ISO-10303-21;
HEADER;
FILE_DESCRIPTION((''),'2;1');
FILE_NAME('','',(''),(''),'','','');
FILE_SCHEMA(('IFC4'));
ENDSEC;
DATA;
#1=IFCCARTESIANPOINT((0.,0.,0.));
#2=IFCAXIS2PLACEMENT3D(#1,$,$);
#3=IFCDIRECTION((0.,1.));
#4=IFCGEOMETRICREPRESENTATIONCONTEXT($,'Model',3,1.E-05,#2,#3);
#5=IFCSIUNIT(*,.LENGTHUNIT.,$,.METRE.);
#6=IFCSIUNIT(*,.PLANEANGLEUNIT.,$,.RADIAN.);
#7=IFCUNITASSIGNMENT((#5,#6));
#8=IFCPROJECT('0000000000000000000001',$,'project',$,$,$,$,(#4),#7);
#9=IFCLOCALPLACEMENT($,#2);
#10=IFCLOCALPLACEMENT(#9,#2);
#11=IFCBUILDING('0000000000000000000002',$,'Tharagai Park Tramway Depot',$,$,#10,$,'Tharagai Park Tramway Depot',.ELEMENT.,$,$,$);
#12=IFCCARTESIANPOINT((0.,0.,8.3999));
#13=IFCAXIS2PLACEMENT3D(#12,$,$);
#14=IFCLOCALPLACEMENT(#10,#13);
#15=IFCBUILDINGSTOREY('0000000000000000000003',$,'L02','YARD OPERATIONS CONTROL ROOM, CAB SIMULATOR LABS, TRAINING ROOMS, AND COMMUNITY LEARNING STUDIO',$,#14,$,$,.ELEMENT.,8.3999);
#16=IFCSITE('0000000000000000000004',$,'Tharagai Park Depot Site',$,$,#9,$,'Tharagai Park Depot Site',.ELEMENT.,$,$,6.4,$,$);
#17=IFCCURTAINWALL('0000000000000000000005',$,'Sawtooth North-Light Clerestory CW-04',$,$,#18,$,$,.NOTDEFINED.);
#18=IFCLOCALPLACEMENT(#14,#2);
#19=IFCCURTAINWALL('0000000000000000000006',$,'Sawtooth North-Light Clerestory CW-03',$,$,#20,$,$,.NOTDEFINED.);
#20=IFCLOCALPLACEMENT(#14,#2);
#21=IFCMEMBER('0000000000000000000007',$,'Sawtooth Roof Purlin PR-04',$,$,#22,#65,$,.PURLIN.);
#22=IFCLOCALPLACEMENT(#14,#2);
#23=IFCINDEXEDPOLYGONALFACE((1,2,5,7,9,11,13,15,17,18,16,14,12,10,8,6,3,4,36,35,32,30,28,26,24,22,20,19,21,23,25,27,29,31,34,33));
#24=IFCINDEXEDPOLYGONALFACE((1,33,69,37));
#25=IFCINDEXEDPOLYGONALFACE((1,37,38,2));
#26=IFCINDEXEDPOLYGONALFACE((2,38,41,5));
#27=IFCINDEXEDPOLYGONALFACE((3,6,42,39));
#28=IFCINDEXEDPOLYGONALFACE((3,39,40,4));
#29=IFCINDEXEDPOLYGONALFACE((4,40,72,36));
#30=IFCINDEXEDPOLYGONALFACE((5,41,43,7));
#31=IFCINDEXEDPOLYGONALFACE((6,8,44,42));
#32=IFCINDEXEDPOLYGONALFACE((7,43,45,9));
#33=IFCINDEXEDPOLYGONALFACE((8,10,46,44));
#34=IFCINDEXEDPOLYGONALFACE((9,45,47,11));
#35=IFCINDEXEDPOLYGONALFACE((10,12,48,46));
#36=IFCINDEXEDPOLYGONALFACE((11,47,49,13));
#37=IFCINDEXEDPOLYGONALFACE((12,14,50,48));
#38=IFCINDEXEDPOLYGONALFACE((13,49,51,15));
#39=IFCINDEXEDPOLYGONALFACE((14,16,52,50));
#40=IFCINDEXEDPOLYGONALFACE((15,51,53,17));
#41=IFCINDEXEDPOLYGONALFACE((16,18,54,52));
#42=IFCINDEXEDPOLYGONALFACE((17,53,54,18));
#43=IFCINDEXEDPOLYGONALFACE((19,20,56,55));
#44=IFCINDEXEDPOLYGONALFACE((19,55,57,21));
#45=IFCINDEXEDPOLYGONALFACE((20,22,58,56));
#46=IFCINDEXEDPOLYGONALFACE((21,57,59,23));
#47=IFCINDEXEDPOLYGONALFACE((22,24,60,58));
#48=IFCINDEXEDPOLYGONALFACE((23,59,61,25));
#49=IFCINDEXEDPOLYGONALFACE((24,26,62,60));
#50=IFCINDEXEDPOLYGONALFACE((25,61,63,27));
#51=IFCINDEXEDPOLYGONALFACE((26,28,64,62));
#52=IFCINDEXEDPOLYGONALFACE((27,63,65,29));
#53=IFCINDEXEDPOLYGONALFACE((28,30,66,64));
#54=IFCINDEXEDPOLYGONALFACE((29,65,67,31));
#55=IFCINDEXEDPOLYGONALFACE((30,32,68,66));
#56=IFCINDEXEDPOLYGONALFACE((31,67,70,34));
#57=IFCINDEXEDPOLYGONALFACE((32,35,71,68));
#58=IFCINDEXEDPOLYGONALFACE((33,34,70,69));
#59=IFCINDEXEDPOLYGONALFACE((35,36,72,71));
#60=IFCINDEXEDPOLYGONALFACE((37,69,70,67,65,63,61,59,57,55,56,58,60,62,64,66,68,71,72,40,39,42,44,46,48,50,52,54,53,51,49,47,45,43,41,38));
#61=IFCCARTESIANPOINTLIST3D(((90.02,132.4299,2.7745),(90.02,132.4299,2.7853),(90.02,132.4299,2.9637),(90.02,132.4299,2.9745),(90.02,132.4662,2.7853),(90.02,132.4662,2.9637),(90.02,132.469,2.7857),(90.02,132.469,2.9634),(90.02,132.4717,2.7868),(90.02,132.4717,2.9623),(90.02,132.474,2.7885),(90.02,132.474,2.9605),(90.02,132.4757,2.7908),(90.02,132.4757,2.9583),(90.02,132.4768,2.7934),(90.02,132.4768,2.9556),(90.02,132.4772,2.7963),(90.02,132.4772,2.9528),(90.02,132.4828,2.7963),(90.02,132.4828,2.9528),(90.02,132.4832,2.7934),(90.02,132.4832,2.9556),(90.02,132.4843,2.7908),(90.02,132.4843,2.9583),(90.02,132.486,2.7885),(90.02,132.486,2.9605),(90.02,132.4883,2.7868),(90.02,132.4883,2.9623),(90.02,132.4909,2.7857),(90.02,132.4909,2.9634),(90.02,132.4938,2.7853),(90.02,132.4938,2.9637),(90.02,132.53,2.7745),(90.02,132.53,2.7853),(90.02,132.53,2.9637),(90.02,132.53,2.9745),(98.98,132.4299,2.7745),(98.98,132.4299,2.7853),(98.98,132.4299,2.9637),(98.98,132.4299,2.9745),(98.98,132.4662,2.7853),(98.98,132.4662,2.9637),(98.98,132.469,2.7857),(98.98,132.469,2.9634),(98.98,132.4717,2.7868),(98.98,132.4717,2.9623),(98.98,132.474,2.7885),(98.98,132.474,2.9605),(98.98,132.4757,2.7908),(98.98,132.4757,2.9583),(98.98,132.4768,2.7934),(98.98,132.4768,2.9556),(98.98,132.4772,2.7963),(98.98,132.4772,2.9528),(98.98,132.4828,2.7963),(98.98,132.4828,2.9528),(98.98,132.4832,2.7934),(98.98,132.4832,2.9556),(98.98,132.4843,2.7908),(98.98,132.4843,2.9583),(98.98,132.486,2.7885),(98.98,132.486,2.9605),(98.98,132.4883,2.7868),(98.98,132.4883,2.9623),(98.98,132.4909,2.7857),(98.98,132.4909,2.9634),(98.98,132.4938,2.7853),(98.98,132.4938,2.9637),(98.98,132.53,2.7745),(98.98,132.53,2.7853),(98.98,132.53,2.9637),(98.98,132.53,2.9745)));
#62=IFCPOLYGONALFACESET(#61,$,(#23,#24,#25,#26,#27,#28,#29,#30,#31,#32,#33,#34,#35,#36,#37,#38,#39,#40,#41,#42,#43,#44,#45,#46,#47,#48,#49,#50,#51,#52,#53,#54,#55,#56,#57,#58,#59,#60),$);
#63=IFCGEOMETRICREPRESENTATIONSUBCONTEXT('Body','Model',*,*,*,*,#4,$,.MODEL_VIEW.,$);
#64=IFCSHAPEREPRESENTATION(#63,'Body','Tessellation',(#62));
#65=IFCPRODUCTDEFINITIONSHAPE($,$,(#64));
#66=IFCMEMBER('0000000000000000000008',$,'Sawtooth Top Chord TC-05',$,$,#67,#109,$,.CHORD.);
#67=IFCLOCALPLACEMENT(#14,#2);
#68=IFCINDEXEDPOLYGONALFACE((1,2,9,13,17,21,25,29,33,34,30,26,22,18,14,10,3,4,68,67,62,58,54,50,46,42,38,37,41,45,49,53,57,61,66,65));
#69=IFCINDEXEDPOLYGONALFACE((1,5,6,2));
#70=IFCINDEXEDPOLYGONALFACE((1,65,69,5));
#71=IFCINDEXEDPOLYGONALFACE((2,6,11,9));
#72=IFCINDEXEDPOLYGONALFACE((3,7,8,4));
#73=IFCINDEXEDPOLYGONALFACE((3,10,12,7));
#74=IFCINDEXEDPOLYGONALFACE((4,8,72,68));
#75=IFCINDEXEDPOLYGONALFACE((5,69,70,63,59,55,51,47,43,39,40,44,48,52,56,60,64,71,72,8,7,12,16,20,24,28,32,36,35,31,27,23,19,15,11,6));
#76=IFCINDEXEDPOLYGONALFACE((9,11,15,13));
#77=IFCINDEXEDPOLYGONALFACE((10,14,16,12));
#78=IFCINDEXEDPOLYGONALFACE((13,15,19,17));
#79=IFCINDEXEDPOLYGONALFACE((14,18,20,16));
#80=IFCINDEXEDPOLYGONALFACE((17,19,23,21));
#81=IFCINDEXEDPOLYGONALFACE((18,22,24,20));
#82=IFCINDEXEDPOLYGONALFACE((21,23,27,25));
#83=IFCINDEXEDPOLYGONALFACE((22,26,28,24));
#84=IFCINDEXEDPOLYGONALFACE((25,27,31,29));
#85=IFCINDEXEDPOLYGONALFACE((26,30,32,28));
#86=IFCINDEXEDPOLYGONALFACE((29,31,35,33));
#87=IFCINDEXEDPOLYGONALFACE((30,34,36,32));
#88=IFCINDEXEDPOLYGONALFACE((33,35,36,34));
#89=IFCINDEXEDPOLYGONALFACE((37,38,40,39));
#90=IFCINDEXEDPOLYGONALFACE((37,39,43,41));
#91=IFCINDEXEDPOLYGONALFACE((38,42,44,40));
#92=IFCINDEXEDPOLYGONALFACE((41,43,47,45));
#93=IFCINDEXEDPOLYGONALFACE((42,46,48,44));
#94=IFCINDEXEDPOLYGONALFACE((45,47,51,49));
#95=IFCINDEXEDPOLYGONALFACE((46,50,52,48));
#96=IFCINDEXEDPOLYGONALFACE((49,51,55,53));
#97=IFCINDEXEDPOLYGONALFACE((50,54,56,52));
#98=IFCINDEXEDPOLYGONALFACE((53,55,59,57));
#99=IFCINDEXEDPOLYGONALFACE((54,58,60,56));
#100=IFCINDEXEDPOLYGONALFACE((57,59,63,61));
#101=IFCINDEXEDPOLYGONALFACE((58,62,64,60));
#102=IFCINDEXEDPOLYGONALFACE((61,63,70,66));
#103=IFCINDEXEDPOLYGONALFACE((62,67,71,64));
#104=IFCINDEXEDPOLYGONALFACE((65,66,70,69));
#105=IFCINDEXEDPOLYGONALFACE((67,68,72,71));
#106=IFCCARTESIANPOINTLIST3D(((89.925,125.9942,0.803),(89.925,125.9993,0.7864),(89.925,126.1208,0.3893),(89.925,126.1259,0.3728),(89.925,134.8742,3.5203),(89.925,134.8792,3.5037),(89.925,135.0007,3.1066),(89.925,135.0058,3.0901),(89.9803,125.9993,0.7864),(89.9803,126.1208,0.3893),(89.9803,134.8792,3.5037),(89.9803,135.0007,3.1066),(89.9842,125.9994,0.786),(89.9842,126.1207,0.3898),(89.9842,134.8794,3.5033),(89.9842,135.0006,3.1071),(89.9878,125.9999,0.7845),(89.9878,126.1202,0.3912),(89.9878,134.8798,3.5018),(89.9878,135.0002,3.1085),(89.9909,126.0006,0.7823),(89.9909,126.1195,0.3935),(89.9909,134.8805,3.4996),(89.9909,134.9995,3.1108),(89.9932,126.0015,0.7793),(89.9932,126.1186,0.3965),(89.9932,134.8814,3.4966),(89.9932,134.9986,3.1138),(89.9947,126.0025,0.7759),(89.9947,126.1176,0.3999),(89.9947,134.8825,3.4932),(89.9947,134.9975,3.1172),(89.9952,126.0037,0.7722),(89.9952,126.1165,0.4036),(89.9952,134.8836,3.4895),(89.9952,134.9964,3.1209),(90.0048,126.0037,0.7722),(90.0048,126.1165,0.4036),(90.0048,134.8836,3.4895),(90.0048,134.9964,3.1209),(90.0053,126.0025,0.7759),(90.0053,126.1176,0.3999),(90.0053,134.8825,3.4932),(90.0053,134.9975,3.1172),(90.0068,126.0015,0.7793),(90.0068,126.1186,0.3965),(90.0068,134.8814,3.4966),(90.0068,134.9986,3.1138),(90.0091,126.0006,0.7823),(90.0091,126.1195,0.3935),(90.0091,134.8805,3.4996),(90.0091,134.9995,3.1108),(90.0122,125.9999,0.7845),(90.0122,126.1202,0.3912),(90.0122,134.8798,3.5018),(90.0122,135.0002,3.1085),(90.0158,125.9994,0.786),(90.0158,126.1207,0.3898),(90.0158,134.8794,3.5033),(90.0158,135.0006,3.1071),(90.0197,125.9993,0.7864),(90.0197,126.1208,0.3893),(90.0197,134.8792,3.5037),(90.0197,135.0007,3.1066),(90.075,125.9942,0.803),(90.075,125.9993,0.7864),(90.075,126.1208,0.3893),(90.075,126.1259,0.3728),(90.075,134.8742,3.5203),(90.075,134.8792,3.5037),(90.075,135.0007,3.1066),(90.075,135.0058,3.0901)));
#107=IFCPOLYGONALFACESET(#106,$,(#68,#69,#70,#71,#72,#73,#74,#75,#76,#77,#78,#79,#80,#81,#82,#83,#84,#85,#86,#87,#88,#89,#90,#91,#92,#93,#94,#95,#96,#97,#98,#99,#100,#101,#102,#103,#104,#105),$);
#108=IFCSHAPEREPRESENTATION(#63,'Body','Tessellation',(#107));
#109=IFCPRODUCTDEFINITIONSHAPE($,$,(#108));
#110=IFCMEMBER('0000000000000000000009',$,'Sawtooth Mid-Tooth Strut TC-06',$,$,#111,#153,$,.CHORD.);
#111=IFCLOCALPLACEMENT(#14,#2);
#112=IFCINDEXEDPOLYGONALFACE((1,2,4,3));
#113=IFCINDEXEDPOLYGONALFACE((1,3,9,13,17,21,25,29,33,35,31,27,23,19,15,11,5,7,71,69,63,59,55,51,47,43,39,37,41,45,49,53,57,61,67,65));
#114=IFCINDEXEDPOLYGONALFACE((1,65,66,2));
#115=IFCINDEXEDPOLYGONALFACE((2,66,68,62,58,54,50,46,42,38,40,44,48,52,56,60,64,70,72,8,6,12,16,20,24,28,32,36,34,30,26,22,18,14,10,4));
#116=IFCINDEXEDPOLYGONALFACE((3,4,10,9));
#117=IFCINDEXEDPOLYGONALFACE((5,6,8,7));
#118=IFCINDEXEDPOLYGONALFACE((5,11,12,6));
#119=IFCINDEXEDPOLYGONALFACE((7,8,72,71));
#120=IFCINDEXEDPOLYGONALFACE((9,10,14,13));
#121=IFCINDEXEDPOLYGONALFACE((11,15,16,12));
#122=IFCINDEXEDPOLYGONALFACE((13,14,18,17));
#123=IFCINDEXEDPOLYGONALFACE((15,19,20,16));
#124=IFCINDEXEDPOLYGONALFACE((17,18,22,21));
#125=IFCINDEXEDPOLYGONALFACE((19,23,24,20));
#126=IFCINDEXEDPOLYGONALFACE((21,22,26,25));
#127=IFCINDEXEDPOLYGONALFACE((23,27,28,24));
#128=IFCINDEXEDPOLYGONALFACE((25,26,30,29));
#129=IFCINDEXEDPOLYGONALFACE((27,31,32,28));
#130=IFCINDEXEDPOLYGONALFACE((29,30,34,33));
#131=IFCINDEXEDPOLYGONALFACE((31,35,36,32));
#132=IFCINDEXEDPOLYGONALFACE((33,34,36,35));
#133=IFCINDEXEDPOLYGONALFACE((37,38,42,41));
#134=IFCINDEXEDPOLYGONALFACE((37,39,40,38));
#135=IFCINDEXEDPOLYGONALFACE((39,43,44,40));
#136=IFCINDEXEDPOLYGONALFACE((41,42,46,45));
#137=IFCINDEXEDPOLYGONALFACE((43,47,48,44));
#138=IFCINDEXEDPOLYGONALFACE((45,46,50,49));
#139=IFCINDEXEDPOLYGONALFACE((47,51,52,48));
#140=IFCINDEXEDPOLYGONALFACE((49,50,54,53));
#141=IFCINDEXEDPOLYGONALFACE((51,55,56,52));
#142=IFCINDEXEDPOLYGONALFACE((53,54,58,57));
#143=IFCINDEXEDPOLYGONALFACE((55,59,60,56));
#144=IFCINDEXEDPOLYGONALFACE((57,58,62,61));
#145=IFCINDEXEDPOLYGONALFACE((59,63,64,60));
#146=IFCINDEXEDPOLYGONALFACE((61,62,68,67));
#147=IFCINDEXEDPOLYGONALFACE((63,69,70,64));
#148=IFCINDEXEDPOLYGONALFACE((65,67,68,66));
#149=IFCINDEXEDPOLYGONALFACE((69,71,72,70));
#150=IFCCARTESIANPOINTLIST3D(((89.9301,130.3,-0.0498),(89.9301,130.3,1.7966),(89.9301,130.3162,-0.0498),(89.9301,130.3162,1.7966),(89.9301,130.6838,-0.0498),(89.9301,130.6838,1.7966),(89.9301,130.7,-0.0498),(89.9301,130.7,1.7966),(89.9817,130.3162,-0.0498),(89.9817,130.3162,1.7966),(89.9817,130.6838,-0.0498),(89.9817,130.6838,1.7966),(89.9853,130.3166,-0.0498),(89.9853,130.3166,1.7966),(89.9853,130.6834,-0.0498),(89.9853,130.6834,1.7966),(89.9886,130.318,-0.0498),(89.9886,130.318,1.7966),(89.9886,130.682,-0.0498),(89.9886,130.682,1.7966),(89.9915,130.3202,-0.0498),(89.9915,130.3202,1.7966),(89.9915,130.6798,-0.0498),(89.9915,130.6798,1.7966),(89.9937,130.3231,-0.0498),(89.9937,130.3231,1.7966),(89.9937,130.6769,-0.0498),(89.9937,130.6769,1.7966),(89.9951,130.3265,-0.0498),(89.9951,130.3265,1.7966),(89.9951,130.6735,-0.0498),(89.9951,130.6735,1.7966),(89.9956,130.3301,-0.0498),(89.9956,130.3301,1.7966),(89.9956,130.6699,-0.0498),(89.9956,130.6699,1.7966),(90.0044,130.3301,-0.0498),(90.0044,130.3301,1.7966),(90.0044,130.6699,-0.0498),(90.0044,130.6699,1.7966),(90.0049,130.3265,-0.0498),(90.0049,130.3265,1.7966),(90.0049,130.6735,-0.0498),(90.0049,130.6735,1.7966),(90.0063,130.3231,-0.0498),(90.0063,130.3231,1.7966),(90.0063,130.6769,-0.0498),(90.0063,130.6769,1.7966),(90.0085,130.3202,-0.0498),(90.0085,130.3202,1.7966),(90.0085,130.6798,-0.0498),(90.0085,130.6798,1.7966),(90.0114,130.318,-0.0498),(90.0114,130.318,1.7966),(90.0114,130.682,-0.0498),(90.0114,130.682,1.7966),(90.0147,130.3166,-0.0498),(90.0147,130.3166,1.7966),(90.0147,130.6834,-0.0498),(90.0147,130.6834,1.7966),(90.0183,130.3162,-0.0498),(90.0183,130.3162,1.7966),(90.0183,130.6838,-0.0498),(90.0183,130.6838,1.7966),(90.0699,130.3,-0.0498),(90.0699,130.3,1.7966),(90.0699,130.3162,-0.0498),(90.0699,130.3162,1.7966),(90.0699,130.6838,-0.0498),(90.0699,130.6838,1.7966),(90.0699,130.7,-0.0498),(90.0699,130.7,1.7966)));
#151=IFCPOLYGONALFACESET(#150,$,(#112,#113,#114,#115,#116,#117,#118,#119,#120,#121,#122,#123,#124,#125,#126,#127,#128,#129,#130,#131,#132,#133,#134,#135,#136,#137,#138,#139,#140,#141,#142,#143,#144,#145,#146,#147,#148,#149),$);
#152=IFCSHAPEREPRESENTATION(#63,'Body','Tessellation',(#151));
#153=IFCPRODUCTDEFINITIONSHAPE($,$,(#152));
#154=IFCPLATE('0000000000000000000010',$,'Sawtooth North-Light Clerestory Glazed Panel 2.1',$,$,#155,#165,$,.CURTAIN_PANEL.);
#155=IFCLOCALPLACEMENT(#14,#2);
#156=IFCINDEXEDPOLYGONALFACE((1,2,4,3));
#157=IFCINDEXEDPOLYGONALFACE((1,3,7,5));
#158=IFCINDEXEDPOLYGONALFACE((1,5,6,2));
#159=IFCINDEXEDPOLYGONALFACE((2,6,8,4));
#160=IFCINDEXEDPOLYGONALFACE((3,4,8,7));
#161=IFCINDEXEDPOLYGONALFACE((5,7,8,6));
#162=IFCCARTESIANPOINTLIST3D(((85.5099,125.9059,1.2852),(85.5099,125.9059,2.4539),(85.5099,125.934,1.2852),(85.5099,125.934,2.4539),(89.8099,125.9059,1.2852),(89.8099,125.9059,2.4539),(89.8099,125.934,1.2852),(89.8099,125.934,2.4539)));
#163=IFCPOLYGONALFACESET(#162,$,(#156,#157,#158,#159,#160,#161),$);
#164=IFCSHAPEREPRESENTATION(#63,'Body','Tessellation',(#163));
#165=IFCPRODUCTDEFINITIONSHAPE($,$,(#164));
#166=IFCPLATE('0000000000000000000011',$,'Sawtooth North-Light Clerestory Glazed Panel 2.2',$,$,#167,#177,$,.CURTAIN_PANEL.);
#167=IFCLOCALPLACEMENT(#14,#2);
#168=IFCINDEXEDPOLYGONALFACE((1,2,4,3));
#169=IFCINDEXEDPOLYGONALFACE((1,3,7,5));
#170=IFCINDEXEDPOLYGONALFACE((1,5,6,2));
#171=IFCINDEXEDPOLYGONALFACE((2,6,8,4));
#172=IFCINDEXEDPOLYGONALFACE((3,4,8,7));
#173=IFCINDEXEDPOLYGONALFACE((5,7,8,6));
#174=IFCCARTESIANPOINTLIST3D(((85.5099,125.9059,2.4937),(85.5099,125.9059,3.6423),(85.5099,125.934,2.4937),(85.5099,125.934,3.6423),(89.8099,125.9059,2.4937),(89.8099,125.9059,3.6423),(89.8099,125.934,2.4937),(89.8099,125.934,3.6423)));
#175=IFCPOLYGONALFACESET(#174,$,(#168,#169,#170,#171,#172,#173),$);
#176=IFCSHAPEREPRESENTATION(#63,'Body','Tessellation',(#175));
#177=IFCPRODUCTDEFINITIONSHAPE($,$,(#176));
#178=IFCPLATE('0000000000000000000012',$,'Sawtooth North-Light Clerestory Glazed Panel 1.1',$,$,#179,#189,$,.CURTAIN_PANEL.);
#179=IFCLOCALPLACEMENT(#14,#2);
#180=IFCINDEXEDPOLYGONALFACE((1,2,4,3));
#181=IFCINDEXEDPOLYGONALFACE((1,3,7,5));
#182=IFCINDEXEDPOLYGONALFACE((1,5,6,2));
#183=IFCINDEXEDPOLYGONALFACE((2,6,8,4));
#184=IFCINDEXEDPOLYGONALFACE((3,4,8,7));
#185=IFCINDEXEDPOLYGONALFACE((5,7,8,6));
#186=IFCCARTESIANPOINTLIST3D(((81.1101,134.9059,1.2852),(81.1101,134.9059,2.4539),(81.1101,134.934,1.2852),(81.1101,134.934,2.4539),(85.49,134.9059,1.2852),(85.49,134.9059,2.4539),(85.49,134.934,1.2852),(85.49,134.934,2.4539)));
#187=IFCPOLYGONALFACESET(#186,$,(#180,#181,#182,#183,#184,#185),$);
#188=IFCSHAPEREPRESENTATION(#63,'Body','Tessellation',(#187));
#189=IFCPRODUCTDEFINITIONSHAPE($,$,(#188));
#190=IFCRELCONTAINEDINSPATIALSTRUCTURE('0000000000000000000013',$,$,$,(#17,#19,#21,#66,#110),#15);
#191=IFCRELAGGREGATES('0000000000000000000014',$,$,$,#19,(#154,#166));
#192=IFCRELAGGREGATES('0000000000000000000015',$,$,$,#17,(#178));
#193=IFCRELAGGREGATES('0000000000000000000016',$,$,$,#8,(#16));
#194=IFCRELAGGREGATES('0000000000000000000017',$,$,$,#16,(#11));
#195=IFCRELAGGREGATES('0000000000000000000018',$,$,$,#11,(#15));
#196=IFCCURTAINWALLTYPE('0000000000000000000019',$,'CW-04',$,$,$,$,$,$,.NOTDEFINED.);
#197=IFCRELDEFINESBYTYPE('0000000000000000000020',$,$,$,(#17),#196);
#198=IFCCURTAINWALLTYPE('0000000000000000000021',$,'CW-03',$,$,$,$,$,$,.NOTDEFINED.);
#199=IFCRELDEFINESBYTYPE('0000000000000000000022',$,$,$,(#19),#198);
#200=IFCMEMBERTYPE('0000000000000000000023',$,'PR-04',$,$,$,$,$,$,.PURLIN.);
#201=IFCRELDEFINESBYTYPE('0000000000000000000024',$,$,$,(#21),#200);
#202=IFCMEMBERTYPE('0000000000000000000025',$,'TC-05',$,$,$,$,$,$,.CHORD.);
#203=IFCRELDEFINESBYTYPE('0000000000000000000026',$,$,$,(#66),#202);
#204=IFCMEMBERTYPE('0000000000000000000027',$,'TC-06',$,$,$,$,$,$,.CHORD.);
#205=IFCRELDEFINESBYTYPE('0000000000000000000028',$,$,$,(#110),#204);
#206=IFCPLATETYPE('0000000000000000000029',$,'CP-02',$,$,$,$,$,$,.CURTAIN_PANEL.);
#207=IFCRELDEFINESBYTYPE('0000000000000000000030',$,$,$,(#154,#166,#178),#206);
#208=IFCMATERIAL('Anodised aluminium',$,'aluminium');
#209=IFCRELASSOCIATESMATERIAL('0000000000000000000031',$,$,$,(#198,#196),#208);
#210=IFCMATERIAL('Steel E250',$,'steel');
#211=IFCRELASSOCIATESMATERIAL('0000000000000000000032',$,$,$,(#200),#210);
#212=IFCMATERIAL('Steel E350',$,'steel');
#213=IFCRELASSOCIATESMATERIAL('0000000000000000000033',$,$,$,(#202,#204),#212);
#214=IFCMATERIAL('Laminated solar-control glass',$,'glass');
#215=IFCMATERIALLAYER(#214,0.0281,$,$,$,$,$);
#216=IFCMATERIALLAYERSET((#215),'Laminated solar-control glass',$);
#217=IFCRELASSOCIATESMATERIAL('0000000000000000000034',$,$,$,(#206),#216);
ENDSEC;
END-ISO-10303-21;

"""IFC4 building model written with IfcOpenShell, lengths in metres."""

from ifc_helpers import new_model, si_unit, direction, frame, origin, origin_2d, place, context, subcontext, project, spatial, rectangle, i_section, extrude, material, layer, layer_set, material_profile, profile_set, type_object, element, aggregate, save


model = new_model("IFC4")

# Units and contexts
model_context = context("Model", 3, precision=1e-05, world=origin(), true_north=direction((0.0, 1.0)))
body_context = subcontext(model_context, "Body", "Model", "MODEL_VIEW")
ifc_project = project(units=[si_unit("LENGTHUNIT", "METRE"), si_unit("PLANEANGLEUNIT", "RADIAN")], contexts=[model_context])

# Site, building, storey
site_placement = place(None, origin())
site = spatial("IfcSite", under=ifc_project, at=site_placement, Name="Tharagai Park Depot Site", LongName="Tharagai Park Depot Site", CompositionType="ELEMENT", RefElevation=6.4)
building_placement = place(site_placement, origin())
building = spatial("IfcBuilding", under=site, at=building_placement, Name="Tharagai Park Tramway Depot", LongName="Tharagai Park Tramway Depot", CompositionType="ELEMENT")
storey_placement = place(building_placement, frame((0.0, 0.0, 8.3999)))
storey = spatial("IfcBuildingStorey", under=building, at=storey_placement, Name="L02", Description="YARD OPERATIONS CONTROL ROOM, CAB SIMULATOR LABS, TRAINING ROOMS, AND COMMUNITY LEARNING STUDIO", CompositionType="ELEMENT", Elevation=8.3999)

# Shared definitions
ifc_material_1 = material(Name="Steel E350", Category="steel")

# Curtain wall
ifc_material_2 = material(Name="Anodised aluminium", Category="aluminium")
curtain_wall_type_1 = type_object("IfcCurtainWallType", Name="CW-03", PredefinedType="NOTDEFINED", material=ifc_material_2)
curtain_wall_type_2 = type_object("IfcCurtainWallType", Name="CW-04", PredefinedType="NOTDEFINED", material=ifc_material_2)
curtain_wall_1_placement = place(storey_placement, origin())
curtain_wall_1 = element("IfcCurtainWall", 1, at=curtain_wall_1_placement, inside=storey, type_object=curtain_wall_type_2, Name="Sawtooth North-Light Clerestory CW-04", PredefinedType="NOTDEFINED")

# Curtain wall
curtain_wall_2_placement = place(storey_placement, origin())
curtain_wall_2 = element("IfcCurtainWall", 2, at=curtain_wall_2_placement, inside=storey, type_object=curtain_wall_type_1, Name="Sawtooth North-Light Clerestory CW-03", PredefinedType="NOTDEFINED")

# Members
ifc_material_3 = material(Name="Steel E250", Category="steel")
ifc_material_profile_1 = material_profile(ifc_material_3, i_section(OverallWidth=0.1001, OverallDepth=0.2, WebThickness=0.0056, FlangeThickness=0.0107, FilletRadius=0.011, at=origin_2d()), Name="ISMB 200")
ifc_profile_set_1 = profile_set([ifc_material_profile_1], Name="Steel E250")
member_type_1 = type_object("IfcMemberType", Name="PR-04", PredefinedType="PURLIN", material=ifc_profile_set_1)
for number, where, z_axis, x_axis, name in (
    (3, (90.02, 132.48, 2.8745), (1.0, 0.0, 0.0), (0.0, 1.0, 0.0), "Sawtooth Roof Purlin PR-04"),
):
    element("IfcMember", number, at=place(storey_placement, frame(where, z_axis=z_axis, x_axis=x_axis)), inside=storey, type_object=member_type_1, Name=name, PredefinedType="PURLIN", context=body_context, shape_type="SweptSolid", body=[
        extrude(i_section(OverallWidth=0.1001, OverallDepth=0.2, WebThickness=0.0056, FlangeThickness=0.0107, FilletRadius=0.011, at=origin_2d()), origin(), (0.0, 0.0, 1.0), 8.96),
    ])
ifc_material_profile_2 = material_profile(ifc_material_1, i_section(OverallWidth=0.1499, OverallDepth=0.45, WebThickness=0.0095, FlangeThickness=0.0173, FilletRadius=0.0149, at=origin_2d()), Name="ISMB 450")
ifc_profile_set_2 = profile_set([ifc_material_profile_2], Name="Steel E350")
member_type_2 = type_object("IfcMemberType", Name="TC-05", PredefinedType="CHORD", material=ifc_profile_set_2)
member_1_placement = place(storey_placement, frame((90.0, 126.0601, 0.5879), z_axis=(0.0, 0.956231, 0.292611), x_axis=(-1.0, 0.0, 0.0)))
element("IfcMember", 4, at=member_1_placement, inside=storey, type_object=member_type_2, Name="Sawtooth Top Chord TC-05", PredefinedType="CHORD", context=body_context, shape_type="SweptSolid", body=[
    extrude(i_section(OverallWidth=0.1499, OverallDepth=0.45, WebThickness=0.0095, FlangeThickness=0.0173, FilletRadius=0.0149, at=origin_2d()), origin(), (0.0, 0.0, 1.0), 9.2864),
])
ifc_material_profile_3 = material_profile(ifc_material_1, i_section(OverallWidth=0.1399, OverallDepth=0.3999, WebThickness=0.0088, FlangeThickness=0.0161, FilletRadius=0.0139, at=origin_2d()), Name="ISMB 400")
ifc_profile_set_3 = profile_set([ifc_material_profile_3], Name="Steel E350")
member_type_3 = type_object("IfcMemberType", Name="TC-06", PredefinedType="CHORD", material=ifc_profile_set_3)
member_2_placement = place(storey_placement, frame((90.0, 130.5, -0.0498), z_axis=(0.0, 0.0, 1.0), x_axis=(1.0, 0.0, 0.0)))
element("IfcMember", 5, at=member_2_placement, inside=storey, type_object=member_type_3, Name="Sawtooth Mid-Tooth Strut TC-06", PredefinedType="CHORD", context=body_context, shape_type="SweptSolid", body=[
    extrude(i_section(OverallWidth=0.1399, OverallDepth=0.3999, WebThickness=0.0088, FlangeThickness=0.0161, FilletRadius=0.0139, at=origin_2d()), origin(), (0.0, 0.0, 1.0), 1.8464),
])

# Plates
ifc_material_4 = material(Name="Laminated solar-control glass", Category="glass")
ifc_layer = layer(ifc_material_4, 0.0281)
ifc_layer_set = layer_set([ifc_layer], Name="Laminated solar-control glass")
plate_type = type_object("IfcPlateType", Name="CP-02", PredefinedType="CURTAIN_PANEL", material=ifc_layer_set)
plate_1_placement = place(storey_placement, frame((87.6599, 125.9199, 1.2852), z_axis=(0.0, 0.0, 1.0), x_axis=(1.0, 0.0, 0.0)))
plate_1 = element("IfcPlate", 6, at=plate_1_placement, type_object=plate_type, Name="Sawtooth North-Light Clerestory Glazed Panel 2.1", PredefinedType="CURTAIN_PANEL", context=body_context, shape_type="SweptSolid", body=[
    extrude(rectangle(XDim=4.3, YDim=0.0281, at=origin_2d()), origin(), (0.0, 0.0, 1.0), 1.1687),
])
plate_2_placement = place(storey_placement, frame((87.6599, 125.9199, 2.4937), z_axis=(0.0, 0.0, 1.0), x_axis=(1.0, 0.0, 0.0)))
plate_2 = element("IfcPlate", 7, at=plate_2_placement, type_object=plate_type, Name="Sawtooth North-Light Clerestory Glazed Panel 2.2", PredefinedType="CURTAIN_PANEL", context=body_context, shape_type="SweptSolid", body=[
    extrude(rectangle(XDim=4.3, YDim=0.0281, at=origin_2d()), origin(), (0.0, 0.0, 1.0), 1.1487),
])
aggregate(curtain_wall_2, [plate_1, plate_2])
plate_3_placement = place(storey_placement, frame((83.3, 134.9199, 1.2852), z_axis=(0.0, 0.0, 1.0), x_axis=(1.0, 0.0, 0.0)))
plate_3 = element("IfcPlate", 8, at=plate_3_placement, type_object=plate_type, Name="Sawtooth North-Light Clerestory Glazed Panel 1.1", PredefinedType="CURTAIN_PANEL", context=body_context, shape_type="SweptSolid", body=[
    extrude(rectangle(XDim=4.3799, YDim=0.0281, at=origin_2d()), origin(), (0.0, 0.0, 1.0), 1.1687),
])
aggregate(curtain_wall_1, [plate_3])

save(model, "model.ifc")
